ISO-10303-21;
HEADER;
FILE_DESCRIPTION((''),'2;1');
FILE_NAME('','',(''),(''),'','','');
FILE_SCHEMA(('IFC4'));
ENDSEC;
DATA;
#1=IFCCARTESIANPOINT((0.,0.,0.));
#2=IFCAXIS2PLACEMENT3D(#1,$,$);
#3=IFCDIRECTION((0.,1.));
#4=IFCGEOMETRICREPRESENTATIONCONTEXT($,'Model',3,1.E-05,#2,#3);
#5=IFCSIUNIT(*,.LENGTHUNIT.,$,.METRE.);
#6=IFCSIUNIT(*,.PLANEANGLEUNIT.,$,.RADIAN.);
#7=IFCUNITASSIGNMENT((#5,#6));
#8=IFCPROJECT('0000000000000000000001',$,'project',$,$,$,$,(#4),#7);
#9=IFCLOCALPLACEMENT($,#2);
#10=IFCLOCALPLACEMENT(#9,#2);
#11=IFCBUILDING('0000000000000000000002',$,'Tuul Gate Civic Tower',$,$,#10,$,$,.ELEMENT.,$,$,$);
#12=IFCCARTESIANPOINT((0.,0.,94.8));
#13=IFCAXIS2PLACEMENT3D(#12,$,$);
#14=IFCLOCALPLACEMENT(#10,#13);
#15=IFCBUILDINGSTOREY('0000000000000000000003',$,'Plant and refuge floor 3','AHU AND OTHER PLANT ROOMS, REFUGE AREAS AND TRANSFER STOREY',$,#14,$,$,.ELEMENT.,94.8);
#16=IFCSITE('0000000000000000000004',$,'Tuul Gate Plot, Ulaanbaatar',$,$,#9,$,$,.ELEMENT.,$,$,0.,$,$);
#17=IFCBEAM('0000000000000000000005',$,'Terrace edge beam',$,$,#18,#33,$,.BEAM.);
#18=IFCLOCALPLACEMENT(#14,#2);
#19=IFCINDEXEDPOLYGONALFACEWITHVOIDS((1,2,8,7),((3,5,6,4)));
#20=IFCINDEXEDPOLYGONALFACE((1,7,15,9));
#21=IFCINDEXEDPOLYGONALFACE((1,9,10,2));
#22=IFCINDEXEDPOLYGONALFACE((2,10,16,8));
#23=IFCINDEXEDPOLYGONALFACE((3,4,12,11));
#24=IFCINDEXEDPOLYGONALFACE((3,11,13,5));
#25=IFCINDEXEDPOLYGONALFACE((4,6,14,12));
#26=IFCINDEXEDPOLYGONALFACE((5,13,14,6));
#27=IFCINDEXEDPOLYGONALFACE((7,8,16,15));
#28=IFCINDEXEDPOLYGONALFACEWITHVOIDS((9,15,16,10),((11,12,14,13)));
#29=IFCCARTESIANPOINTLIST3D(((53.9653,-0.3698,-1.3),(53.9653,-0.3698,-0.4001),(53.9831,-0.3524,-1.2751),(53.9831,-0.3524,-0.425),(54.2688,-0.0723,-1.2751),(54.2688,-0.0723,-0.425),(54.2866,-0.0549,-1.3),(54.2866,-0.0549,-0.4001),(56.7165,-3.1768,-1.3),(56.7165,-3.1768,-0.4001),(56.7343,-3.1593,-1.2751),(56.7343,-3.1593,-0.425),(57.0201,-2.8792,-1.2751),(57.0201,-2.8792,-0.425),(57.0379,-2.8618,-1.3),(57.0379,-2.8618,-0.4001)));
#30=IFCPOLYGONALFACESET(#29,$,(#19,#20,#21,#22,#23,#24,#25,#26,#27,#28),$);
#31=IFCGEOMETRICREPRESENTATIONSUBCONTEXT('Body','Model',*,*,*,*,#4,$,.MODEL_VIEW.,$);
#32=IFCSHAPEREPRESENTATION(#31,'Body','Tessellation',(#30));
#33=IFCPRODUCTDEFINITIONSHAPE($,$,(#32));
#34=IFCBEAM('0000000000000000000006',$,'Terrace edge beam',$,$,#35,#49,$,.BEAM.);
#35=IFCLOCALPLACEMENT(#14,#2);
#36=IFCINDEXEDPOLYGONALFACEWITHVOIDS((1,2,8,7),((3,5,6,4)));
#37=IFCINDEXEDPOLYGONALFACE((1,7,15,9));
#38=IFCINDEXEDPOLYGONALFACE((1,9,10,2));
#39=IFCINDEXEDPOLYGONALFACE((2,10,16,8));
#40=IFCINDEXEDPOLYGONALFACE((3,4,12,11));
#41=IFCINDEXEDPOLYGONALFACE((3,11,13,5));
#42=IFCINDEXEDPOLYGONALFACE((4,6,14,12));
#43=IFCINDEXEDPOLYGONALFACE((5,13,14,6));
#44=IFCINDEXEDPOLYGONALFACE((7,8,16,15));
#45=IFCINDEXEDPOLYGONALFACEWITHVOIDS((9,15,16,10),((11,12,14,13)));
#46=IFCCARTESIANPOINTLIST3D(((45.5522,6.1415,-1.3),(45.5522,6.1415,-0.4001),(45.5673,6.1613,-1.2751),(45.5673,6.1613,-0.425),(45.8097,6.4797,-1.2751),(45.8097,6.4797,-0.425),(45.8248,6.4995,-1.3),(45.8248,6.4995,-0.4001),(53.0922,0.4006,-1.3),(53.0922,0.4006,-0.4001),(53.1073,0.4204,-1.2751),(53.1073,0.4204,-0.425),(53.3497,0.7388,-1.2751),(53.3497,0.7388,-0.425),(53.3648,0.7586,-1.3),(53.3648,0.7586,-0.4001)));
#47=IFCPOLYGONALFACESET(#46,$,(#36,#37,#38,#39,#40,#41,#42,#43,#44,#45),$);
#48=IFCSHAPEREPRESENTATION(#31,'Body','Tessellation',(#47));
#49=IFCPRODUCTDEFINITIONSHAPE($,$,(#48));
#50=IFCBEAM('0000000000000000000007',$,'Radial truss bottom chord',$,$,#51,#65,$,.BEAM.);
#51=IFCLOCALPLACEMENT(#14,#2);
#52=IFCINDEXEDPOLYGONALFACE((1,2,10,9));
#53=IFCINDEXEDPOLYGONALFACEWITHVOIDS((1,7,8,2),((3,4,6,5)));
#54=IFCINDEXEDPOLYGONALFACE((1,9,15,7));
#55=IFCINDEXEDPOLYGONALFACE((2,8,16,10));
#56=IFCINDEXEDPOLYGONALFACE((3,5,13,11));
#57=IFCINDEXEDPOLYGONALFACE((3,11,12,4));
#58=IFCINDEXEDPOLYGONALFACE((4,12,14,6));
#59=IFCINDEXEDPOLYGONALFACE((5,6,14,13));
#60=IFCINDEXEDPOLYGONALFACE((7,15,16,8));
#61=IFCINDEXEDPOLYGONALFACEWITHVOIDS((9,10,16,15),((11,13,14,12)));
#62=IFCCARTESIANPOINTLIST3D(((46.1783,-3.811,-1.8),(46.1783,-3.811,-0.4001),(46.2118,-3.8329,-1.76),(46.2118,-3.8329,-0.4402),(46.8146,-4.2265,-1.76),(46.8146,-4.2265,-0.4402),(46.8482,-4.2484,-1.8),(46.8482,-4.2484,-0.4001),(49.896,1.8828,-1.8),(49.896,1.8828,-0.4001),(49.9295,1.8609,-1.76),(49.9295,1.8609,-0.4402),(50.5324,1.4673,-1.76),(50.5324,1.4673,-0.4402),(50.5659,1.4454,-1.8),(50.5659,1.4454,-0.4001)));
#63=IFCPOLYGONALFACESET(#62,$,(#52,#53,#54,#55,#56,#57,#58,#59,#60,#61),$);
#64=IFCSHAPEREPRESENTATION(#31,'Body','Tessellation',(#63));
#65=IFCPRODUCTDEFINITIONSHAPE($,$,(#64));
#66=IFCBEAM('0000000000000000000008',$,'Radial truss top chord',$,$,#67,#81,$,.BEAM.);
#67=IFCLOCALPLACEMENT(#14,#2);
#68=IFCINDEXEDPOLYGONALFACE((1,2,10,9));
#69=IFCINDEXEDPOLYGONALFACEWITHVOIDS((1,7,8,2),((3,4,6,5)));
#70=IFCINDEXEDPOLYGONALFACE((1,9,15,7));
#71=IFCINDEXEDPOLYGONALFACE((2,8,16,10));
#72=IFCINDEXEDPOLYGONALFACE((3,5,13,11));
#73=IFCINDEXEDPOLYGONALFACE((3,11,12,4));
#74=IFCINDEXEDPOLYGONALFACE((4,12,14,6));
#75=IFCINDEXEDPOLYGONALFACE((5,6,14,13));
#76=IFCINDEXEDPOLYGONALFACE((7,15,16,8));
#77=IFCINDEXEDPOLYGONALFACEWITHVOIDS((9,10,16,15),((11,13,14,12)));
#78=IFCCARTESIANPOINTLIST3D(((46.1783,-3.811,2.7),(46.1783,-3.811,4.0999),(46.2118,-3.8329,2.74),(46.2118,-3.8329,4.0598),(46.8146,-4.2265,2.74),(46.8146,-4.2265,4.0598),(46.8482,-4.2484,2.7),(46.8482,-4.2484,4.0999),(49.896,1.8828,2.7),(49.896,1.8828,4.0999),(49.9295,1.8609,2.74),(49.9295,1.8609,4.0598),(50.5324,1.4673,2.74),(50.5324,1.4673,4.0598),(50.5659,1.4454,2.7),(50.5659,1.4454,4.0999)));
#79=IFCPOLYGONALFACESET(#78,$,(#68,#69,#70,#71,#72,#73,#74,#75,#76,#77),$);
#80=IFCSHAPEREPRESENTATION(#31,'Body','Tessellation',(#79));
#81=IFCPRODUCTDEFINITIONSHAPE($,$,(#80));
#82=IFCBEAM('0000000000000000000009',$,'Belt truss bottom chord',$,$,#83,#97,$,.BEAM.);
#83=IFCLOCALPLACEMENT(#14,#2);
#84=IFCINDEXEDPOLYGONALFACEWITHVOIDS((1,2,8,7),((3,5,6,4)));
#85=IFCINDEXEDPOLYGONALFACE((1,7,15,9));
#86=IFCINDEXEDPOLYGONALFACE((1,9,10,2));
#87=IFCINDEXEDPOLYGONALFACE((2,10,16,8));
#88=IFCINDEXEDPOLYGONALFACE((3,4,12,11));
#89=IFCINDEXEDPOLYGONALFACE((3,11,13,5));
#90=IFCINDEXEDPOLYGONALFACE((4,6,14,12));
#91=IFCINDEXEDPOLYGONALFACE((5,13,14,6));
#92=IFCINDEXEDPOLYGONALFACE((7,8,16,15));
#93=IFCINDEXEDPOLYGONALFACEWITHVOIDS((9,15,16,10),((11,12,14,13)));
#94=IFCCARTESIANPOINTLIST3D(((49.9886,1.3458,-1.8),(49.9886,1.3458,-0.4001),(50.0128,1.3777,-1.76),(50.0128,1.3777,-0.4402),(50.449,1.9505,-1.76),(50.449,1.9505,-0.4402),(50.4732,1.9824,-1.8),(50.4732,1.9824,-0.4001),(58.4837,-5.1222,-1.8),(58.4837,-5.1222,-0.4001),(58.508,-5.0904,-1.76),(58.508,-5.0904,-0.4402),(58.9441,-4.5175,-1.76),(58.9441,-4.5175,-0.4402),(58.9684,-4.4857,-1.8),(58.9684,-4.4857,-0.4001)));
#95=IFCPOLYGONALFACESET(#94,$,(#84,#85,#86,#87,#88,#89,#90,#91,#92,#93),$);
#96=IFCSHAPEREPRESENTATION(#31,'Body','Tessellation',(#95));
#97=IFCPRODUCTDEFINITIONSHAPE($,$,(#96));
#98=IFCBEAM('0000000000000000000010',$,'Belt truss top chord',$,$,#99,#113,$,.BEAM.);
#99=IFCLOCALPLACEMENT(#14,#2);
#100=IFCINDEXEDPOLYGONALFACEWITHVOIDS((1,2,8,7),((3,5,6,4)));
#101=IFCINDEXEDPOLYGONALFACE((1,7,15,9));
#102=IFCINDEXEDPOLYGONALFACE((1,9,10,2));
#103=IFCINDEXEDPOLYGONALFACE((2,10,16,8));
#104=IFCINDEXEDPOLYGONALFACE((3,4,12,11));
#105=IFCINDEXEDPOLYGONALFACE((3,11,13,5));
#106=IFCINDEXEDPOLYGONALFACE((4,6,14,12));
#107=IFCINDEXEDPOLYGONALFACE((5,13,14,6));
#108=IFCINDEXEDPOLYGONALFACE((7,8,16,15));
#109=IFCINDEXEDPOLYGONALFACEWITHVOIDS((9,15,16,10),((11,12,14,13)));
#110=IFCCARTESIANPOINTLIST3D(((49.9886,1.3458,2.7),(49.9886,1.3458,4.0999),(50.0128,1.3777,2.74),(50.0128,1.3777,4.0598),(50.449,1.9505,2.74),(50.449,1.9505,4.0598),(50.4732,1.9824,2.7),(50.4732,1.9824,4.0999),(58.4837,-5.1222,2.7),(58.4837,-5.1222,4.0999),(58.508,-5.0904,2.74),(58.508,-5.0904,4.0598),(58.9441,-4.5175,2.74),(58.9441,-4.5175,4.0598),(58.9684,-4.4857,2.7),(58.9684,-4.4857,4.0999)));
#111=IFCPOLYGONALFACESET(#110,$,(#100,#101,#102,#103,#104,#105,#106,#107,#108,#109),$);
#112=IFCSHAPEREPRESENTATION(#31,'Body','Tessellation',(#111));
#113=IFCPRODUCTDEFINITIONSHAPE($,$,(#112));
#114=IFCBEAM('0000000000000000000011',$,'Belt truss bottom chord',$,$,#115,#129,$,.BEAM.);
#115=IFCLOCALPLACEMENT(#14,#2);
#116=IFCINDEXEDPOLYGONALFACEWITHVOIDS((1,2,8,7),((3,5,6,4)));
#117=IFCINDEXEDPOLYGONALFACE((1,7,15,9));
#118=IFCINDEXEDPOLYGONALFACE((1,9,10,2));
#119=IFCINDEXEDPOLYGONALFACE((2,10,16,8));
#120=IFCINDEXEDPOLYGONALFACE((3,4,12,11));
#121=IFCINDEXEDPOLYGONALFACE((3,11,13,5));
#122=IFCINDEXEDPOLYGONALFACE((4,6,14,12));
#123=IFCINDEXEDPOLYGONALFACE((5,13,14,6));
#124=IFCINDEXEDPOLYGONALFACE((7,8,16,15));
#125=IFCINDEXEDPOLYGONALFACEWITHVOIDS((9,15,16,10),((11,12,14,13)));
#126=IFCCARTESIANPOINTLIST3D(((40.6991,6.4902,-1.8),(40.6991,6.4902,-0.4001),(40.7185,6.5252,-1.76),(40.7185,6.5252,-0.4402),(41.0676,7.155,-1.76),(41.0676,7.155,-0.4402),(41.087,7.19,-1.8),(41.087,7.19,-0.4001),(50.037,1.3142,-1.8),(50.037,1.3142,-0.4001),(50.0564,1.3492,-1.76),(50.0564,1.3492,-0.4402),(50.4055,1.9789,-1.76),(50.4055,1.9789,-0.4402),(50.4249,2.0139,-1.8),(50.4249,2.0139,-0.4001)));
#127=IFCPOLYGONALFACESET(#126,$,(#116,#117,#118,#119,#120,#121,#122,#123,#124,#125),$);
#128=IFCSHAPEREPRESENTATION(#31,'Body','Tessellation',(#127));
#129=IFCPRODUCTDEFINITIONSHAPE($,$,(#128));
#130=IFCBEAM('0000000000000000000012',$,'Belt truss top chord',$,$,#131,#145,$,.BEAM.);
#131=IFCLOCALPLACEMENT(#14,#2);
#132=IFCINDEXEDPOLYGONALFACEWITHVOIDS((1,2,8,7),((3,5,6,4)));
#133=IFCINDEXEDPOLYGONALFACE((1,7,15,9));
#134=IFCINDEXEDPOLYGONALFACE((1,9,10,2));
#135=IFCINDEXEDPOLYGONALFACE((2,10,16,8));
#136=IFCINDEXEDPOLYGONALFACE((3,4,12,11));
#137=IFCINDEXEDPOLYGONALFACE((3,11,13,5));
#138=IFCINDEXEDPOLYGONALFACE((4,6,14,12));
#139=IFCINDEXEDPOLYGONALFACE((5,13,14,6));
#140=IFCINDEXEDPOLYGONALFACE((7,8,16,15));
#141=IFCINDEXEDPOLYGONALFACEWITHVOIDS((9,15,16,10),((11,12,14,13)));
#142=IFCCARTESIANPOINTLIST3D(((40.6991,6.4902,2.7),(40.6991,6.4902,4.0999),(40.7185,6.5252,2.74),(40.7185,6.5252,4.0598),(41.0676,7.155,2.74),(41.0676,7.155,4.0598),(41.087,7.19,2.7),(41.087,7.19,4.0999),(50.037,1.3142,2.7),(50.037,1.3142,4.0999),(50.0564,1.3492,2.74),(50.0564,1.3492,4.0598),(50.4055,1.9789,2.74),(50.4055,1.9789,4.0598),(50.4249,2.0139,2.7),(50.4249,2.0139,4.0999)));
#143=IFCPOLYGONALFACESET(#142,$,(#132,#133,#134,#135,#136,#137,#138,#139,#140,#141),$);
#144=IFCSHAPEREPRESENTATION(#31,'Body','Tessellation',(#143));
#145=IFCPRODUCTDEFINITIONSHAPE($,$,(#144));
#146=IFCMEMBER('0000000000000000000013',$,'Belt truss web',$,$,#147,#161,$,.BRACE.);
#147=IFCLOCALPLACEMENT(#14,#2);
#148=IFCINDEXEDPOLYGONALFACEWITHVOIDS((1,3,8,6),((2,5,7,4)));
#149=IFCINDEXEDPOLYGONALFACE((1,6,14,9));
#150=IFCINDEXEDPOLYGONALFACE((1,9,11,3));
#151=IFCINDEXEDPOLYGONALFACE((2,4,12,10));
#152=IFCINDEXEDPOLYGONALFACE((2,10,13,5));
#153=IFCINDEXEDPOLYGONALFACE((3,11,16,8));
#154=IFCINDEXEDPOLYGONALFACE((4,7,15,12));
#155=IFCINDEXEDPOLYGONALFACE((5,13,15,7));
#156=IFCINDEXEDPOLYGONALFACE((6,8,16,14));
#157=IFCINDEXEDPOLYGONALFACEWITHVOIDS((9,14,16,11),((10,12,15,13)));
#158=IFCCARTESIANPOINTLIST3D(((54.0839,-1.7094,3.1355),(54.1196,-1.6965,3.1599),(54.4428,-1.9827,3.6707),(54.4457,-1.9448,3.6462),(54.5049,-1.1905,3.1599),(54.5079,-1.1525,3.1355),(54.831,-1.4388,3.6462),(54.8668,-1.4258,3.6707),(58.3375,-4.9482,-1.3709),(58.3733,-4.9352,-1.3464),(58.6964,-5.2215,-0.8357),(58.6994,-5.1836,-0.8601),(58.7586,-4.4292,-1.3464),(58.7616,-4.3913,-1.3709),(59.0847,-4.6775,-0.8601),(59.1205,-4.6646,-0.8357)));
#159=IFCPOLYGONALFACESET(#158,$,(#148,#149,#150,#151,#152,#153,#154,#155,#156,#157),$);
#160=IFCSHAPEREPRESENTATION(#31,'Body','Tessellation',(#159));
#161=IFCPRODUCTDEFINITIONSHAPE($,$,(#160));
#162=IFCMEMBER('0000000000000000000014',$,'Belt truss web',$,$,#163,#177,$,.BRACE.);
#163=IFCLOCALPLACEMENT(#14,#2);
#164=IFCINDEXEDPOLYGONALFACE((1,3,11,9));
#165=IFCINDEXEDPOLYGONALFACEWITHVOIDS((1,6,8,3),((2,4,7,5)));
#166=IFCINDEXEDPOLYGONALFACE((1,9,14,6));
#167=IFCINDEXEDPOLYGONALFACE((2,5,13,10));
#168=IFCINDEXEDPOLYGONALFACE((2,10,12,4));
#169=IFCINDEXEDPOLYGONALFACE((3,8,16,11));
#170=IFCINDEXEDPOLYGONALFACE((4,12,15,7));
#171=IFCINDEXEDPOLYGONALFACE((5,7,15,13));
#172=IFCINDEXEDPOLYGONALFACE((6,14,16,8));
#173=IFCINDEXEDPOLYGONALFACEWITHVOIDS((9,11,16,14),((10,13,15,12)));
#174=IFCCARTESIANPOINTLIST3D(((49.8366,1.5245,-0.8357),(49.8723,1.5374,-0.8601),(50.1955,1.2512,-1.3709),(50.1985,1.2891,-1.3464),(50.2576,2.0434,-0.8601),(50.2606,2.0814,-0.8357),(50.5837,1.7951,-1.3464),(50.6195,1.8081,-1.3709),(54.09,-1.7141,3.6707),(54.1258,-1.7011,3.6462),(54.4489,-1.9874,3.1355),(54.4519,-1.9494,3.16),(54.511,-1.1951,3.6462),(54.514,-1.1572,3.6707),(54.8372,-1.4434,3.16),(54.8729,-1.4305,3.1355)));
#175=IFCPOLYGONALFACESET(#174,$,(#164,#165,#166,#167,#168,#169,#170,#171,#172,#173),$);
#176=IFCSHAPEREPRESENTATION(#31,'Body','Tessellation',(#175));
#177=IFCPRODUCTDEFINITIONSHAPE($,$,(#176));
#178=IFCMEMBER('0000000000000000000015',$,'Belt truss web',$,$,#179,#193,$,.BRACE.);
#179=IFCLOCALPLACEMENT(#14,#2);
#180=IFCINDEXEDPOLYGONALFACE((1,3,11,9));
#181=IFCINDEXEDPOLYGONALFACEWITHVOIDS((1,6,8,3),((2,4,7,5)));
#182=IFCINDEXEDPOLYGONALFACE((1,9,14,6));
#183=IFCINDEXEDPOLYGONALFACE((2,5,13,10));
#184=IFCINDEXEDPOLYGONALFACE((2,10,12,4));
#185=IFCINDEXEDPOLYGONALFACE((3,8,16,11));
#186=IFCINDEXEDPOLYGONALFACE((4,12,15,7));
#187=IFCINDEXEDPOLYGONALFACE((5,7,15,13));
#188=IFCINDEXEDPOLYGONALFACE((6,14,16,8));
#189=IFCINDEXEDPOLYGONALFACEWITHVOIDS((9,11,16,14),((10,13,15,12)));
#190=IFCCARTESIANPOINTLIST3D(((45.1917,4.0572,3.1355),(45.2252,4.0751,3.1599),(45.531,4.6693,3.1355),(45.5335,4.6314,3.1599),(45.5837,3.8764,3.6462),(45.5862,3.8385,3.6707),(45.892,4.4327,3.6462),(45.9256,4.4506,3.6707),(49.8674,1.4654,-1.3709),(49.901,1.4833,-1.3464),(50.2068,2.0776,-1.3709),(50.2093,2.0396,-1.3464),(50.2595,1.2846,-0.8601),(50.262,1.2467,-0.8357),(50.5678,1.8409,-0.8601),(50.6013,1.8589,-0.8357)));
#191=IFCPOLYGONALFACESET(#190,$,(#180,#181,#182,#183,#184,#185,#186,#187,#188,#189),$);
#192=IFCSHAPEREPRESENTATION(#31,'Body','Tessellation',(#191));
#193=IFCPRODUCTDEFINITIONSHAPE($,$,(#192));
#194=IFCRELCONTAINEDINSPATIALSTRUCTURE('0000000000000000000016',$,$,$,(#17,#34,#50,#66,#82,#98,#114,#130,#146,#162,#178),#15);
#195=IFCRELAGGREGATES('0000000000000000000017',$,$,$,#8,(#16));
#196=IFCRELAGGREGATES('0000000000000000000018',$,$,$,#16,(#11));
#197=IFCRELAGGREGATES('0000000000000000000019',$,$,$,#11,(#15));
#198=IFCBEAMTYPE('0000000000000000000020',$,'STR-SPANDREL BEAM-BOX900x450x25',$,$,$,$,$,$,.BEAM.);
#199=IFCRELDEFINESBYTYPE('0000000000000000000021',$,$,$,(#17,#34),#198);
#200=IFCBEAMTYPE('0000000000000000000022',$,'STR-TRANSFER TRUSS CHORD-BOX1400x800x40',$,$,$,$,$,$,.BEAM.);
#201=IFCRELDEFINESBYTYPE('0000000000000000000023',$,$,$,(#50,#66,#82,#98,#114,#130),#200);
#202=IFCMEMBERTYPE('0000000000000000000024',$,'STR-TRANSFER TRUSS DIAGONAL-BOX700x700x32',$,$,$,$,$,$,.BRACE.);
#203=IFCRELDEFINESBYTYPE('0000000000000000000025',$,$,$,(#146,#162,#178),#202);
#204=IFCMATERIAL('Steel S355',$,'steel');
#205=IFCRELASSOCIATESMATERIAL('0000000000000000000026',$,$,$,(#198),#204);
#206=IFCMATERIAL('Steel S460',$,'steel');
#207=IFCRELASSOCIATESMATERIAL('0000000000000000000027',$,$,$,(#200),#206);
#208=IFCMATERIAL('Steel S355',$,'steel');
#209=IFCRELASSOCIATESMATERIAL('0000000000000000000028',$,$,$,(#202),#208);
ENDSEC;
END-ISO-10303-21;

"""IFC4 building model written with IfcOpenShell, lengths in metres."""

from ifc_helpers import new_model, si_unit, direction, frame, origin, origin_2d, place, context, subcontext, project, spatial, hollow_rectangle, extrude, material, material_profile, profile_set, type_object, element, save


model = new_model("IFC4")

# Units and contexts
model_context = context("Model", 3, precision=1e-05, world=origin(), true_north=direction((0.0, 1.0)))
body_context = subcontext(model_context, "Body", "Model", "MODEL_VIEW")
ifc_project = project(units=[si_unit("LENGTHUNIT", "METRE"), si_unit("PLANEANGLEUNIT", "RADIAN")], contexts=[model_context])

# Site, building, storey
site_placement = place(None, origin())
site = spatial("IfcSite", under=ifc_project, at=site_placement, Name="Tuul Gate Plot, Ulaanbaatar", CompositionType="ELEMENT", RefElevation=0.0)
building_placement = place(site_placement, origin())
building = spatial("IfcBuilding", under=site, at=building_placement, Name="Tuul Gate Civic Tower", CompositionType="ELEMENT")
storey_placement = place(building_placement, frame((0.0, 0.0, 94.8)))
storey = spatial("IfcBuildingStorey", under=building, at=storey_placement, Name="Plant and refuge floor 3", Description="AHU AND OTHER PLANT ROOMS, REFUGE AREAS AND TRANSFER STOREY", CompositionType="ELEMENT", Elevation=94.8)

# Beams
ifc_material_1 = material(Name="Steel S355", Category="steel")
ifc_material_profile_1 = material_profile(ifc_material_1, hollow_rectangle(XDim=0.45, YDim=0.8999, WallThickness=0.0249, at=origin_2d()), Name="BOX900x450x25")
ifc_profile_set_1 = profile_set([ifc_material_profile_1], Name="Steel S355")
beam_type_1 = type_object("IfcBeamType", Name="STR-SPANDREL BEAM-BOX900x450x25", PredefinedType="BEAM", material=ifc_profile_set_1)
beam_1_placement = place(storey_placement, frame((56.8772, -3.0193, -0.8501), z_axis=(-0.69999, 0.714153, 0.0), x_axis=(-0.714153, -0.69999, 0.0)))
element("IfcBeam", 1, at=beam_1_placement, inside=storey, type_object=beam_type_1, Name="Terrace edge beam", PredefinedType="BEAM", context=body_context, shape_type="SweptSolid", body=[
    extrude(hollow_rectangle(XDim=0.45, YDim=0.8999, WallThickness=0.0249, at=origin_2d()), origin(), (0.0, 0.0, 1.0), 3.9304),
])
beam_2_placement = place(storey_placement, frame((53.2285, 0.5796, -0.8501), z_axis=(-0.795626, 0.605788, 0.0), x_axis=(-0.605788, -0.795626, 0.0)))
element("IfcBeam", 2, at=beam_2_placement, inside=storey, type_object=beam_type_1, Name="Terrace edge beam", PredefinedType="BEAM", context=body_context, shape_type="SweptSolid", body=[
    extrude(hollow_rectangle(XDim=0.45, YDim=0.8999, WallThickness=0.0249, at=origin_2d()), origin(), (0.0, 0.0, 1.0), 9.4768),
])
ifc_material_2 = material(Name="Steel S460", Category="steel")
ifc_material_profile_2 = material_profile(ifc_material_2, hollow_rectangle(XDim=0.8, YDim=1.3999, WallThickness=0.04, at=origin_2d()), Name="BOX1400x800x40")
ifc_profile_set_2 = profile_set([ifc_material_profile_2], Name="Steel S460")
beam_type_2 = type_object("IfcBeamType", Name="STR-TRANSFER TRUSS CHORD-BOX1400x800x40", PredefinedType="BEAM", material=ifc_profile_set_2)
for number, where, z_axis, x_axis, name in (
    (3, (50.231, 1.6641, -1.1001), (-0.546721, -0.837315, 0.0), (0.837315, -0.546721, 0.0), "Radial truss bottom chord"),
    (4, (50.231, 1.6641, 3.3999), (-0.546721, -0.837315, 0.0), (0.837315, -0.546721, 0.0), "Radial truss top chord"),
):
    element("IfcBeam", number, at=place(storey_placement, frame(where, z_axis=z_axis, x_axis=x_axis)), inside=storey, type_object=beam_type_2, Name=name, PredefinedType="BEAM", context=body_context, shape_type="SweptSolid", body=[
        extrude(hollow_rectangle(XDim=0.8, YDim=1.3999, WallThickness=0.04, at=origin_2d()), origin(), (0.0, 0.0, 1.0), 6.8),
    ])
for number, where, z_axis, x_axis, name in (
    (5, (58.7261, -4.804, -1.1001), (-0.795633, 0.605779, 0.0), (-0.605779, -0.795633, 0.0), "Belt truss bottom chord"),
    (6, (58.7261, -4.804, 3.3999), (-0.795633, 0.605779, 0.0), (-0.605779, -0.795633, 0.0), "Belt truss top chord"),
):
    element("IfcBeam", number, at=place(storey_placement, frame(where, z_axis=z_axis, x_axis=x_axis)), inside=storey, type_object=beam_type_2, Name=name, PredefinedType="BEAM", context=body_context, shape_type="SweptSolid", body=[
        extrude(hollow_rectangle(XDim=0.8, YDim=1.3999, WallThickness=0.04, at=origin_2d()), origin(), (0.0, 0.0, 1.0), 10.6772),
    ])
for number, where, z_axis, x_axis, name in (
    (7, (50.231, 1.6641, -1.1001), (-0.874622, 0.484806, 0.0), (-0.484806, -0.874622, 0.0), "Belt truss bottom chord"),
    (8, (50.231, 1.6641, 3.3999), (-0.874622, 0.484806, 0.0), (-0.484806, -0.874622, 0.0), "Belt truss top chord"),
):
    element("IfcBeam", number, at=place(storey_placement, frame(where, z_axis=z_axis, x_axis=x_axis)), inside=storey, type_object=beam_type_2, Name=name, PredefinedType="BEAM", context=body_context, shape_type="SweptSolid", body=[
        extrude(hollow_rectangle(XDim=0.8, YDim=1.3999, WallThickness=0.04, at=origin_2d()), origin(), (0.0, 0.0, 1.0), 10.6765),
    ])

# Members
ifc_material_3 = material(Name="Steel S355", Category="steel")
ifc_material_profile_3 = material_profile(ifc_material_3, hollow_rectangle(XDim=0.7, YDim=0.7, WallThickness=0.032, at=origin_2d()), Name="BOX700x700x32")
ifc_profile_set_3 = profile_set([ifc_material_profile_3], Name="Steel S355")
member_type_1 = type_object("IfcMemberType", Name="STR-TRANSFER TRUSS DIAGONAL-BOX700x700x32", PredefinedType="BRACE", material=ifc_profile_set_3)
member_placement = place(storey_placement, frame((58.729, -4.8064, -1.1033), z_axis=(-0.608347, 0.463199, 0.644485), x_axis=(-0.605793, -0.795622, 0.0)))
element("IfcMember", 9, at=member_placement, inside=storey, type_object=member_type_1, Name="Belt truss web", PredefinedType="BRACE", context=body_context, shape_type="SweptSolid", body=[
    extrude(hollow_rectangle(XDim=0.7, YDim=0.7, WallThickness=0.032, at=origin_2d()), origin(), (0.0, 0.0, 1.0), 6.9922),
])
for number, where, z_axis, x_axis, name in (
    (10, (50.228, 1.6663, -1.1033), (0.608334, -0.463182, 0.644509), (0.605786, 0.795628, 0.0), "Belt truss web"),
    (11, (50.2344, 1.6621, -1.1033), (-0.668737, 0.370682, 0.644504), (-0.484805, -0.874622, 0.0), "Belt truss web"),
):
    element("IfcMember", number, at=place(storey_placement, frame(where, z_axis=z_axis, x_axis=x_axis)), inside=storey, type_object=member_type_1, Name=name, PredefinedType="BRACE", context=body_context, shape_type="SweptSolid", body=[
        extrude(hollow_rectangle(XDim=0.7, YDim=0.7, WallThickness=0.032, at=origin_2d()), origin(), (0.0, 0.0, 1.0), 6.9919),
    ])

save(model, "model.ifc")
